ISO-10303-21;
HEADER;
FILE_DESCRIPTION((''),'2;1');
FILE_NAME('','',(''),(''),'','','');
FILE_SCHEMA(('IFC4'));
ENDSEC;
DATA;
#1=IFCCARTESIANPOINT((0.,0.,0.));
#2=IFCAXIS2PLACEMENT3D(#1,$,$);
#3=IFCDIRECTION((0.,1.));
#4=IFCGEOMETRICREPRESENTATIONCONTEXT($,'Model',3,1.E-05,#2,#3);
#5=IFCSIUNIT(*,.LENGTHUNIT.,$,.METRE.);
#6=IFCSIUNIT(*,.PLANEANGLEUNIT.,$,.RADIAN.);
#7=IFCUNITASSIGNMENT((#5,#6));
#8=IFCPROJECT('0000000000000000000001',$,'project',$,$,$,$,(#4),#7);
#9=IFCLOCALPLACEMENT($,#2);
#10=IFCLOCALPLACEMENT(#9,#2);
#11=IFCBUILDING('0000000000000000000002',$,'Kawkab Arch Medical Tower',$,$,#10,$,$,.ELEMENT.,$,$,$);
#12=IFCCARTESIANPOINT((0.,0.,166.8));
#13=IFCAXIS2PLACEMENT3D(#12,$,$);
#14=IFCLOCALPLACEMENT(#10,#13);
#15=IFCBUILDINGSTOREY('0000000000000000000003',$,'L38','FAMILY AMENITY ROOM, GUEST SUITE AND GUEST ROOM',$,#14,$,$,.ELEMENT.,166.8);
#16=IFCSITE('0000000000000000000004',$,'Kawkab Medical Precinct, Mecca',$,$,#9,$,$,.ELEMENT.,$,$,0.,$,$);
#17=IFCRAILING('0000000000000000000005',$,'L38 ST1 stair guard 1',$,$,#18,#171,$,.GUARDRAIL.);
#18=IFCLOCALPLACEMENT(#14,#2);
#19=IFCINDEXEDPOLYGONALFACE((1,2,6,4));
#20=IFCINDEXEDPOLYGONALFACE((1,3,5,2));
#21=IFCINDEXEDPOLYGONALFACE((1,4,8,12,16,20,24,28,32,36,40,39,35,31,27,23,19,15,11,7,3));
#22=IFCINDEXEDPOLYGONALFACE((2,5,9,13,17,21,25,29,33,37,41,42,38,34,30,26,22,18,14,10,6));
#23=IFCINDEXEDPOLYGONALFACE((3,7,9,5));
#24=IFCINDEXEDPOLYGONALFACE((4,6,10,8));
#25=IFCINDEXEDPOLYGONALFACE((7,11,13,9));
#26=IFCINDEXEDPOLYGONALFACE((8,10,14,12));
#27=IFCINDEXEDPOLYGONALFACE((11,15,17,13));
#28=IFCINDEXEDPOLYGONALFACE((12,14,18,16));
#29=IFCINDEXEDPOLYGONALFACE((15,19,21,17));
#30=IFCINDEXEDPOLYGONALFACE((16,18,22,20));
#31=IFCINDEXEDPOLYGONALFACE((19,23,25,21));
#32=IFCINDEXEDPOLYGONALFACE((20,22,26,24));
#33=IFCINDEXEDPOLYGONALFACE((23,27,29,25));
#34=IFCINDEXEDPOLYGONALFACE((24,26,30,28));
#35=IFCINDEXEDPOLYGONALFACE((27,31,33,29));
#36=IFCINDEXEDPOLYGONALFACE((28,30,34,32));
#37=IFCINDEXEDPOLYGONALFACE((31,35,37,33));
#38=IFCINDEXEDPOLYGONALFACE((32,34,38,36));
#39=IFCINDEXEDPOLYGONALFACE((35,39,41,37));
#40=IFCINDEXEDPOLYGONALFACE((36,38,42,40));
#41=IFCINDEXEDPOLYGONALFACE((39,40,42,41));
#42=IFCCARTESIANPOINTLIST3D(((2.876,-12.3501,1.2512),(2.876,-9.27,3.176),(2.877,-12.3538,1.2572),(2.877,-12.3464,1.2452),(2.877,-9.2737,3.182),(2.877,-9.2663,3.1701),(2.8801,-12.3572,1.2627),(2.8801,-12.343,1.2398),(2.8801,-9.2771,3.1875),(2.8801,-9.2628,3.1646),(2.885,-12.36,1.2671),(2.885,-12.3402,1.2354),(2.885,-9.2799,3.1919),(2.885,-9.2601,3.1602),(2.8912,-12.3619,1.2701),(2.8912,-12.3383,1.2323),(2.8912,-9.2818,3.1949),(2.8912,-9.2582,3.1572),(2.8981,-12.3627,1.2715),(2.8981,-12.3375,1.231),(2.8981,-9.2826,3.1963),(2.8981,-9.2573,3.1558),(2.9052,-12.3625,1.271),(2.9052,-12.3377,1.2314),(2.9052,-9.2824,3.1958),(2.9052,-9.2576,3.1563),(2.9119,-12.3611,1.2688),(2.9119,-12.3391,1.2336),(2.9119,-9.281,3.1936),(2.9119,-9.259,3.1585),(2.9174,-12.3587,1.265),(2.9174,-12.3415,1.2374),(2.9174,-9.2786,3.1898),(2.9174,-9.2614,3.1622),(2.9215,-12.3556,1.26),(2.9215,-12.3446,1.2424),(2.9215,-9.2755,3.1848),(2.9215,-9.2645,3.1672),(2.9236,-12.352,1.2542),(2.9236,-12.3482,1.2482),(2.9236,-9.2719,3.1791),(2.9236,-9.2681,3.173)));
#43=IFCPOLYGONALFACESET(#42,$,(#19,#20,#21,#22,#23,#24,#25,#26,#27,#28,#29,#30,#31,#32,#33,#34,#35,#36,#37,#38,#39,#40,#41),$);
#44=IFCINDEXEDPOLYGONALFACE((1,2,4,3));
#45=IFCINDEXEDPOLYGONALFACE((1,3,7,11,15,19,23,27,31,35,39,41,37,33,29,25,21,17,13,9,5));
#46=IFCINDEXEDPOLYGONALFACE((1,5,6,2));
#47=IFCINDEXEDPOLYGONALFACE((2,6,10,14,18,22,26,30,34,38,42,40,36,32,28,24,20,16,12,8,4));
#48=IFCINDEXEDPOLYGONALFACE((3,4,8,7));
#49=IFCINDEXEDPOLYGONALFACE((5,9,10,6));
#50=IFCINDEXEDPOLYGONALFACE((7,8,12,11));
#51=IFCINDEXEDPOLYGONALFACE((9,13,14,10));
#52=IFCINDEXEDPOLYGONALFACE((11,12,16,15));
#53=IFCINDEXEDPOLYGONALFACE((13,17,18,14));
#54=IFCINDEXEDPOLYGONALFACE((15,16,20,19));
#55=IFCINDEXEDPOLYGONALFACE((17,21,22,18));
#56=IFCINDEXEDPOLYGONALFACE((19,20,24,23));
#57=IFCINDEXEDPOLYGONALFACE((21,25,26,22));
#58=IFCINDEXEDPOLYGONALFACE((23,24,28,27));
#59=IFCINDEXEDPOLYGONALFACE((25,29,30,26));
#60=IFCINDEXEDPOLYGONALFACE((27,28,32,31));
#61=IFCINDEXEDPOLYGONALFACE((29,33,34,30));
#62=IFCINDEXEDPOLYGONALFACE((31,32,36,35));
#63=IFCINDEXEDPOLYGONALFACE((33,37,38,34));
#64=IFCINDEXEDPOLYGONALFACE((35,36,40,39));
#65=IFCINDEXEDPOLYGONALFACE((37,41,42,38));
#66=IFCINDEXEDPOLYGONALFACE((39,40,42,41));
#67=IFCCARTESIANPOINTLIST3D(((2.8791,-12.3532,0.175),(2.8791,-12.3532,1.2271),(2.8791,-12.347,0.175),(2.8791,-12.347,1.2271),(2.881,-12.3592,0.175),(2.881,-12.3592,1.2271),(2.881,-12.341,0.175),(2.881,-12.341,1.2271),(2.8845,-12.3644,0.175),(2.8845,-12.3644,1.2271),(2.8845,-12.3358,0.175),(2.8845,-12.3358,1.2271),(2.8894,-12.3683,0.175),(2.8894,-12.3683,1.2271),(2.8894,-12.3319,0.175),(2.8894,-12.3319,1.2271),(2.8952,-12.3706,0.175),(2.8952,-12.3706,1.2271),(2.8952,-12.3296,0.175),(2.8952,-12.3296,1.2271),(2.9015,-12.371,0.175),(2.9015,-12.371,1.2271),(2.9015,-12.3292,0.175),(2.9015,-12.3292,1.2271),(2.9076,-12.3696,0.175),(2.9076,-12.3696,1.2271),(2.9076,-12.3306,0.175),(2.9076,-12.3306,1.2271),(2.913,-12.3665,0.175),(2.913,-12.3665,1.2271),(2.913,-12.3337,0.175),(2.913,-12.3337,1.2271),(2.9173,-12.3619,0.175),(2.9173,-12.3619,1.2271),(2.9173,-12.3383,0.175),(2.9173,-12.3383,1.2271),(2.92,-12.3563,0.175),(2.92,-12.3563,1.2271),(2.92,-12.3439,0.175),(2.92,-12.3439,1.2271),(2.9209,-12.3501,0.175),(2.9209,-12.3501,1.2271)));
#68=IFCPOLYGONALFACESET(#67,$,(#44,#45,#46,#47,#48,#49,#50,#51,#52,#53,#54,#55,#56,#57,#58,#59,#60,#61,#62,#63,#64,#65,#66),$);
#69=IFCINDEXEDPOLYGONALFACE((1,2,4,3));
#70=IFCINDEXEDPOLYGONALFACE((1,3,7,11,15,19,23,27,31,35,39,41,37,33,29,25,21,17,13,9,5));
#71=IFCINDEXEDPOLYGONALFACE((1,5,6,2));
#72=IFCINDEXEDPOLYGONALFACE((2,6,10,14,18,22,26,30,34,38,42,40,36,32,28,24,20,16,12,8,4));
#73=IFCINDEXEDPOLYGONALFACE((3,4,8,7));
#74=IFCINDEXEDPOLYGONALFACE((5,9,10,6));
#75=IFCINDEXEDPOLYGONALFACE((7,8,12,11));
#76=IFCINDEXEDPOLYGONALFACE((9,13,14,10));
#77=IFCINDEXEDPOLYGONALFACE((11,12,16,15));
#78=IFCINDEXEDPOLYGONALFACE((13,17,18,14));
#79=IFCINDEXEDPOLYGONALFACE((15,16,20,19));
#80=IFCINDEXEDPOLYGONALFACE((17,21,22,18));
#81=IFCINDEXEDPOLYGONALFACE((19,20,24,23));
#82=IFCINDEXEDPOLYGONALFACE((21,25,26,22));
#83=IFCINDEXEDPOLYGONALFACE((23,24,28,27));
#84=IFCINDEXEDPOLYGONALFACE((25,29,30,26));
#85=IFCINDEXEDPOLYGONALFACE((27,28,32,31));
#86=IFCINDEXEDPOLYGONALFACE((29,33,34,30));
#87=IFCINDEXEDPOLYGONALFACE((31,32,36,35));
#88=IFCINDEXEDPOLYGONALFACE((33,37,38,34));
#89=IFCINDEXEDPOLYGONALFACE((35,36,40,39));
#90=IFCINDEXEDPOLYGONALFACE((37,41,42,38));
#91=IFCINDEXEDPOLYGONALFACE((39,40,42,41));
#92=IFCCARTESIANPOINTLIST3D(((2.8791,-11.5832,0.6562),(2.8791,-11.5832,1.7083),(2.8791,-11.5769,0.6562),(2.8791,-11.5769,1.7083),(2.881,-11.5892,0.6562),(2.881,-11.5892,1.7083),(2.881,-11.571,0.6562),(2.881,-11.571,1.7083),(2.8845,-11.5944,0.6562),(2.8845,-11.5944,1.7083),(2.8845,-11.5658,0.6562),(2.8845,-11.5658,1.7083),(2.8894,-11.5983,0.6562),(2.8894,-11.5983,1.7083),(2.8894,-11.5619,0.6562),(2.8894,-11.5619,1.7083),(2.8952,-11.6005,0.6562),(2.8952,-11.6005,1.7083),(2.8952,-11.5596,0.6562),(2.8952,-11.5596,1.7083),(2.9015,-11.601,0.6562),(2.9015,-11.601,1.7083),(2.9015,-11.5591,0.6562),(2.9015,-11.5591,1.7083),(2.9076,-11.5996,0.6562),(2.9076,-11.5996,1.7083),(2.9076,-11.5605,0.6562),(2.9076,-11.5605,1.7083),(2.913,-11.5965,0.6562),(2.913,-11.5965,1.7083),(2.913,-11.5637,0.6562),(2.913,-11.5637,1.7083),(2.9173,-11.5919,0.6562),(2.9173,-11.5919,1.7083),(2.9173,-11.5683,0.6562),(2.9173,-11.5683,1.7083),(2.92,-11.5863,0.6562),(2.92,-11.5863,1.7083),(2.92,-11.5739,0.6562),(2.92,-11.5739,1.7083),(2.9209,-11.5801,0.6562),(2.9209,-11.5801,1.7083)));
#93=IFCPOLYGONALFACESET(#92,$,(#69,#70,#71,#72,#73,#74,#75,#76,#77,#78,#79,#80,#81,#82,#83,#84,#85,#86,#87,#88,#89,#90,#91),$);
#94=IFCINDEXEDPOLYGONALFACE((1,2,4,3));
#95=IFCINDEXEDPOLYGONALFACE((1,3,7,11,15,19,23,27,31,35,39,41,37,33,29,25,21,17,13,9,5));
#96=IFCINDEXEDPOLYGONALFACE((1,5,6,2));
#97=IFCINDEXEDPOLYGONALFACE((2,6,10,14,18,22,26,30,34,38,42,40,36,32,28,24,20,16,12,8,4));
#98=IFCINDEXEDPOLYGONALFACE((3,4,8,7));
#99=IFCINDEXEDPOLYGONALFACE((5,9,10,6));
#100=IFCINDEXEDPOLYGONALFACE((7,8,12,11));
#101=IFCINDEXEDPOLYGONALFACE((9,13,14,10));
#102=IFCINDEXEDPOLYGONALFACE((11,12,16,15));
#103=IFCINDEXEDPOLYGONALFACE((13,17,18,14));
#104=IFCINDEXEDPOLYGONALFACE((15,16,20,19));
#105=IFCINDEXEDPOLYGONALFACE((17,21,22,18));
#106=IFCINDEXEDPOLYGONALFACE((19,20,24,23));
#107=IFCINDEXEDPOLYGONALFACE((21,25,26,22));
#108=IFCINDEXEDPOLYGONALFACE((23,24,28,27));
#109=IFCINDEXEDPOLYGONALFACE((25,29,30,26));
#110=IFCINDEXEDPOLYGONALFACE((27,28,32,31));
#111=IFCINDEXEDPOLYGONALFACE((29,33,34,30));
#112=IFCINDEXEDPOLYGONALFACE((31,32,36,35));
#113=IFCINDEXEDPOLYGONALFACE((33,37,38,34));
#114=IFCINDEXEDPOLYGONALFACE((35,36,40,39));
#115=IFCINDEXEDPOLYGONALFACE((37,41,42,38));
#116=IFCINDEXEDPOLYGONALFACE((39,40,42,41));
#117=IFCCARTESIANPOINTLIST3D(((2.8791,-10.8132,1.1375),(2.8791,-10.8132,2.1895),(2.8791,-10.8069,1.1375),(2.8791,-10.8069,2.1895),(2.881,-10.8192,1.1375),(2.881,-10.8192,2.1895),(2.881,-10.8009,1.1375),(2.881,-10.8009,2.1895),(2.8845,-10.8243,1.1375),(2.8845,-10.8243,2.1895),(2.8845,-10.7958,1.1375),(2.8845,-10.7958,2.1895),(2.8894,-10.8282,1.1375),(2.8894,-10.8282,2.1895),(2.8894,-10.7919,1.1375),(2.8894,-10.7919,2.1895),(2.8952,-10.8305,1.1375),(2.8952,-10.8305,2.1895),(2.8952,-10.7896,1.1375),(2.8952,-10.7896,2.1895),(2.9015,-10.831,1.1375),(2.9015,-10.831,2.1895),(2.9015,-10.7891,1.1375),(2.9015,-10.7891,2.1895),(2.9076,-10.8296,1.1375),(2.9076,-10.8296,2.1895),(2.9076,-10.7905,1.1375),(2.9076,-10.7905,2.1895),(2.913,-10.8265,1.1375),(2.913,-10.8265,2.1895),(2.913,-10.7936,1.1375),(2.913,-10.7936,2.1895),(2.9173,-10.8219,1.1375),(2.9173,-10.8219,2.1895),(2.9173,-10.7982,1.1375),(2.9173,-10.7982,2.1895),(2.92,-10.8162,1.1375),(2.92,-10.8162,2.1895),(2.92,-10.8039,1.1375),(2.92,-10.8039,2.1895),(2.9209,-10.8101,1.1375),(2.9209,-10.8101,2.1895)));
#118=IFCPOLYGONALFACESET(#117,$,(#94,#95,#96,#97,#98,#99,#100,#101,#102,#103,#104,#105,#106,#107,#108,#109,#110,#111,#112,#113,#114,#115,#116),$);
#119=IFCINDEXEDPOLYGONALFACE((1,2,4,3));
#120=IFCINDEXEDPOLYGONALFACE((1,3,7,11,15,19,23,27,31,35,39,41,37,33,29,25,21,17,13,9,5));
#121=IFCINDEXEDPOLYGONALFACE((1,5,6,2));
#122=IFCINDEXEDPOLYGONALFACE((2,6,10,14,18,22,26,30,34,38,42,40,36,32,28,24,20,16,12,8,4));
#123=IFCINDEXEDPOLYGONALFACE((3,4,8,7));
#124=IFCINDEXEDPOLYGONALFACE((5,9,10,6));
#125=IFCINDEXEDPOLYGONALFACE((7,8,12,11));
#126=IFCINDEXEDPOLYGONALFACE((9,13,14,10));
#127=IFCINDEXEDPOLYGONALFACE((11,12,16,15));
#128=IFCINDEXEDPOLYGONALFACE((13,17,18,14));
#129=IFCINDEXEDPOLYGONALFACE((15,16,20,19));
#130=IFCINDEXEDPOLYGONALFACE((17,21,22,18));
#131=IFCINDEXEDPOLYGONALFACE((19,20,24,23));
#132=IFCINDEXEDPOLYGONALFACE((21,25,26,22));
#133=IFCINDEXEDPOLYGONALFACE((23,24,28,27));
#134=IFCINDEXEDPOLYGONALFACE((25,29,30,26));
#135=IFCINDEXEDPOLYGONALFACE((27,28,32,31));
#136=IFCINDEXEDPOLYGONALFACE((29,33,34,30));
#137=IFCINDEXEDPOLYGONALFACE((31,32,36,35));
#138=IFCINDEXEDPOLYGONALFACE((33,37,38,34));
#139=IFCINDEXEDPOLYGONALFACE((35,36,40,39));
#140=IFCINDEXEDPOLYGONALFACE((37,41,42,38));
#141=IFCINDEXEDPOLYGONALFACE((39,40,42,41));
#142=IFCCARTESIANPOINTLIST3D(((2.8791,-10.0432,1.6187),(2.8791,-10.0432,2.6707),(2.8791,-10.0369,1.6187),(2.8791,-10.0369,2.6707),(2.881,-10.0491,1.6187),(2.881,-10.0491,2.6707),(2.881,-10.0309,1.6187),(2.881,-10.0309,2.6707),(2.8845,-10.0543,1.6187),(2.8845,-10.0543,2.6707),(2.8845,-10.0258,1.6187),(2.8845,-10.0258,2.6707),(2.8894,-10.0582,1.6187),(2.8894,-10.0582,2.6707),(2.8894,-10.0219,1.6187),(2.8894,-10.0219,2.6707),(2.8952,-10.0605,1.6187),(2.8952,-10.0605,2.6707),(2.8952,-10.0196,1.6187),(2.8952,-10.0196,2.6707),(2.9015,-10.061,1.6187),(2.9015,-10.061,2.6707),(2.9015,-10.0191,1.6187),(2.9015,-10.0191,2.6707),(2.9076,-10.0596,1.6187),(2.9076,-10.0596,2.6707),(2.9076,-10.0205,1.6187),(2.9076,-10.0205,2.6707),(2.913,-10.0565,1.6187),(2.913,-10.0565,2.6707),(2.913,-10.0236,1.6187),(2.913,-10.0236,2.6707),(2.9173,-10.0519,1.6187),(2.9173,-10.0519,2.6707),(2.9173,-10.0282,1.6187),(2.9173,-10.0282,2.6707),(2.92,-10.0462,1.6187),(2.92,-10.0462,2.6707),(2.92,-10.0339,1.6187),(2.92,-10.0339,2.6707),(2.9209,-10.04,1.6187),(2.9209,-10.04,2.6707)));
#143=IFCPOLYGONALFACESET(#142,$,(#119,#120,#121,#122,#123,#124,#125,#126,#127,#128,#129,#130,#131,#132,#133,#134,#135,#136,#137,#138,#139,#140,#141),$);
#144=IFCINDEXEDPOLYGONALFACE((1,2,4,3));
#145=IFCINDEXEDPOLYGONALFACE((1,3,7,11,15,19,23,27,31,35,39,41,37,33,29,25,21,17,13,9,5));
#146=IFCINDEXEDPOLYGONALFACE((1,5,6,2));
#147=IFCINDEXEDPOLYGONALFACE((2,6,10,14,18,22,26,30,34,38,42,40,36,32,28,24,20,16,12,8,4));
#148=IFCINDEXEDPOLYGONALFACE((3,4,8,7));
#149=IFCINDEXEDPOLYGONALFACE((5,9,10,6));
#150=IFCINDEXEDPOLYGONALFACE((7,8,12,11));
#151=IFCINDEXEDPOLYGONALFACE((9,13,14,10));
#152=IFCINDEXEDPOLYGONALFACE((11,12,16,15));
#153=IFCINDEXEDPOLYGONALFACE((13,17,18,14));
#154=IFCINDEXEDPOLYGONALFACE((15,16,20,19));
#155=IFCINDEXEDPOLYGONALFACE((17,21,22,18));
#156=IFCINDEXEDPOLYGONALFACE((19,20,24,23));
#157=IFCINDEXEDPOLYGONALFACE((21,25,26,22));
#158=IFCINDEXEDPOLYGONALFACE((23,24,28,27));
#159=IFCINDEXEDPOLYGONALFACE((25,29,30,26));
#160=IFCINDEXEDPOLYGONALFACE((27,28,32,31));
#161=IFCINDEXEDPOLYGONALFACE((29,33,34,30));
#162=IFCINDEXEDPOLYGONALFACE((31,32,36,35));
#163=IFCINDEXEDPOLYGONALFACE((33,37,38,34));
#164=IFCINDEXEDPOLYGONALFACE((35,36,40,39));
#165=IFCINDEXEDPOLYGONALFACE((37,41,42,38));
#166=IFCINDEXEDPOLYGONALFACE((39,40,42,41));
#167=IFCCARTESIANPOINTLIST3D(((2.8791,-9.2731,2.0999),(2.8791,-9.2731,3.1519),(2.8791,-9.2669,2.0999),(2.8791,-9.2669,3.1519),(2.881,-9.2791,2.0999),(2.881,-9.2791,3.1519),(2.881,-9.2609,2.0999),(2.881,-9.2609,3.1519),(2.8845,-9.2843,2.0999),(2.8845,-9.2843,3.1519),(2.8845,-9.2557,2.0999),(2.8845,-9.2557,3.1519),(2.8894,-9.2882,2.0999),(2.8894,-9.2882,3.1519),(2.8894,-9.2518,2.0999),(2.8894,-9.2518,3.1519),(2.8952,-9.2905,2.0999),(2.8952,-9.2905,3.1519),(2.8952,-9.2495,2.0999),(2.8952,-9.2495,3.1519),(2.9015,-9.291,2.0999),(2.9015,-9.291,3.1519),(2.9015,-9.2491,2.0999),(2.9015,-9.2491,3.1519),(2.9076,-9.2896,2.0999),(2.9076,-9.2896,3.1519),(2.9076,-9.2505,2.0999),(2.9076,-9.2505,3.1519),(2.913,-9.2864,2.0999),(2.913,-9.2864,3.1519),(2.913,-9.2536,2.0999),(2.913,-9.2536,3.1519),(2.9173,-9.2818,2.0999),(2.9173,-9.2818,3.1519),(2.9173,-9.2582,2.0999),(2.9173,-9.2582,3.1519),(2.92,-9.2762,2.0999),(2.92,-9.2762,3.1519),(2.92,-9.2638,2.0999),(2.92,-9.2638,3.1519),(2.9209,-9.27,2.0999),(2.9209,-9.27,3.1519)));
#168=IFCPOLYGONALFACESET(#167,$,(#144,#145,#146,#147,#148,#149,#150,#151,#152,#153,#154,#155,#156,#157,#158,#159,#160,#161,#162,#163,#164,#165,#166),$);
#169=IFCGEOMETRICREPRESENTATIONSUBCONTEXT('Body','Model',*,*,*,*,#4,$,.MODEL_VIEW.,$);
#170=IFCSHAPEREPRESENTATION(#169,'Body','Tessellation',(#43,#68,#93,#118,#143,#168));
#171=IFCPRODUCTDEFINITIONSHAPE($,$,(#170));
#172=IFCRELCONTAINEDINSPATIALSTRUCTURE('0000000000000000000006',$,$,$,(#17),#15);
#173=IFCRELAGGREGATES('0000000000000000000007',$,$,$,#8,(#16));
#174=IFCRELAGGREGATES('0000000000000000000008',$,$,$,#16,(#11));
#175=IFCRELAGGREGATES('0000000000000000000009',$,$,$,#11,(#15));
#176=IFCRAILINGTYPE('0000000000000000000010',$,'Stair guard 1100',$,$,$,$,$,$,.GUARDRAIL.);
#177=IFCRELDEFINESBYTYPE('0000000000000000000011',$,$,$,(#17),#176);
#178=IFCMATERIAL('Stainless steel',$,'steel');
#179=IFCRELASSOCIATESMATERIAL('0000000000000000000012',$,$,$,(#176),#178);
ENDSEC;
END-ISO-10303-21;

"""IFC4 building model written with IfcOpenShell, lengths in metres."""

from ifc_helpers import new_model, si_unit, direction, frame, origin, origin_2d, place, context, subcontext, project, spatial, circle, extrude, material, type_object, element, save


model = new_model("IFC4")

# Units and contexts
model_context = context("Model", 3, precision=1e-05, world=origin(), true_north=direction((0.0, 1.0)))
body_context = subcontext(model_context, "Body", "Model", "MODEL_VIEW")
ifc_project = project(units=[si_unit("LENGTHUNIT", "METRE"), si_unit("PLANEANGLEUNIT", "RADIAN")], contexts=[model_context])

# Site, building, storey
site_placement = place(None, origin())
site = spatial("IfcSite", under=ifc_project, at=site_placement, Name="Kawkab Medical Precinct, Mecca", CompositionType="ELEMENT", RefElevation=0.0)
building_placement = place(site_placement, origin())
building = spatial("IfcBuilding", under=site, at=building_placement, Name="Kawkab Arch Medical Tower", CompositionType="ELEMENT")
storey_placement = place(building_placement, frame((0.0, 0.0, 166.8)))
storey = spatial("IfcBuildingStorey", under=building, at=storey_placement, Name="L38", Description="FAMILY AMENITY ROOM, GUEST SUITE AND GUEST ROOM", CompositionType="ELEMENT", Elevation=166.8)

# Railing
ifc_material_1 = material(Name="Stainless steel", Category="steel")
railing_type_1 = type_object("IfcRailingType", Name="Stair guard 1100", PredefinedType="GUARDRAIL", material=ifc_material_1)
railing_1_placement = place(storey_placement, frame((2.8999, -12.3501, 0.175)))
element("IfcRailing", 1, at=railing_1_placement, inside=storey, type_object=railing_type_1, Name="L38 ST1 stair guard 1", PredefinedType="GUARDRAIL", context=body_context, shape_type="SweptSolid", body=[
    extrude(circle(Radius=0.0239, at=origin_2d()), frame((0.0, 0.0, 1.0762), z_axis=(0.0, 0.848029, 0.529951), x_axis=(-1.0, 0.0, 0.0)), (0.0, 0.0, 1.0), 3.6321),
    extrude(circle(Radius=0.021, at=origin_2d()), origin(), (0.0, 0.0, 1.0), 1.052),
    extrude(circle(Radius=0.021, at=origin_2d()), frame((0.0, 0.77, 0.4812)), (0.0, 0.0, 1.0), 1.052),
    extrude(circle(Radius=0.021, at=origin_2d()), frame((0.0, 1.54, 0.9624)), (0.0, 0.0, 1.0), 1.052),
    extrude(circle(Radius=0.021, at=origin_2d()), frame((0.0, 2.3101, 1.4436)), (0.0, 0.0, 1.0), 1.052),
    extrude(circle(Radius=0.021, at=origin_2d()), frame((0.0, 3.0801, 1.9248)), (0.0, 0.0, 1.0), 1.052),
])

save(model, "model.ifc")
